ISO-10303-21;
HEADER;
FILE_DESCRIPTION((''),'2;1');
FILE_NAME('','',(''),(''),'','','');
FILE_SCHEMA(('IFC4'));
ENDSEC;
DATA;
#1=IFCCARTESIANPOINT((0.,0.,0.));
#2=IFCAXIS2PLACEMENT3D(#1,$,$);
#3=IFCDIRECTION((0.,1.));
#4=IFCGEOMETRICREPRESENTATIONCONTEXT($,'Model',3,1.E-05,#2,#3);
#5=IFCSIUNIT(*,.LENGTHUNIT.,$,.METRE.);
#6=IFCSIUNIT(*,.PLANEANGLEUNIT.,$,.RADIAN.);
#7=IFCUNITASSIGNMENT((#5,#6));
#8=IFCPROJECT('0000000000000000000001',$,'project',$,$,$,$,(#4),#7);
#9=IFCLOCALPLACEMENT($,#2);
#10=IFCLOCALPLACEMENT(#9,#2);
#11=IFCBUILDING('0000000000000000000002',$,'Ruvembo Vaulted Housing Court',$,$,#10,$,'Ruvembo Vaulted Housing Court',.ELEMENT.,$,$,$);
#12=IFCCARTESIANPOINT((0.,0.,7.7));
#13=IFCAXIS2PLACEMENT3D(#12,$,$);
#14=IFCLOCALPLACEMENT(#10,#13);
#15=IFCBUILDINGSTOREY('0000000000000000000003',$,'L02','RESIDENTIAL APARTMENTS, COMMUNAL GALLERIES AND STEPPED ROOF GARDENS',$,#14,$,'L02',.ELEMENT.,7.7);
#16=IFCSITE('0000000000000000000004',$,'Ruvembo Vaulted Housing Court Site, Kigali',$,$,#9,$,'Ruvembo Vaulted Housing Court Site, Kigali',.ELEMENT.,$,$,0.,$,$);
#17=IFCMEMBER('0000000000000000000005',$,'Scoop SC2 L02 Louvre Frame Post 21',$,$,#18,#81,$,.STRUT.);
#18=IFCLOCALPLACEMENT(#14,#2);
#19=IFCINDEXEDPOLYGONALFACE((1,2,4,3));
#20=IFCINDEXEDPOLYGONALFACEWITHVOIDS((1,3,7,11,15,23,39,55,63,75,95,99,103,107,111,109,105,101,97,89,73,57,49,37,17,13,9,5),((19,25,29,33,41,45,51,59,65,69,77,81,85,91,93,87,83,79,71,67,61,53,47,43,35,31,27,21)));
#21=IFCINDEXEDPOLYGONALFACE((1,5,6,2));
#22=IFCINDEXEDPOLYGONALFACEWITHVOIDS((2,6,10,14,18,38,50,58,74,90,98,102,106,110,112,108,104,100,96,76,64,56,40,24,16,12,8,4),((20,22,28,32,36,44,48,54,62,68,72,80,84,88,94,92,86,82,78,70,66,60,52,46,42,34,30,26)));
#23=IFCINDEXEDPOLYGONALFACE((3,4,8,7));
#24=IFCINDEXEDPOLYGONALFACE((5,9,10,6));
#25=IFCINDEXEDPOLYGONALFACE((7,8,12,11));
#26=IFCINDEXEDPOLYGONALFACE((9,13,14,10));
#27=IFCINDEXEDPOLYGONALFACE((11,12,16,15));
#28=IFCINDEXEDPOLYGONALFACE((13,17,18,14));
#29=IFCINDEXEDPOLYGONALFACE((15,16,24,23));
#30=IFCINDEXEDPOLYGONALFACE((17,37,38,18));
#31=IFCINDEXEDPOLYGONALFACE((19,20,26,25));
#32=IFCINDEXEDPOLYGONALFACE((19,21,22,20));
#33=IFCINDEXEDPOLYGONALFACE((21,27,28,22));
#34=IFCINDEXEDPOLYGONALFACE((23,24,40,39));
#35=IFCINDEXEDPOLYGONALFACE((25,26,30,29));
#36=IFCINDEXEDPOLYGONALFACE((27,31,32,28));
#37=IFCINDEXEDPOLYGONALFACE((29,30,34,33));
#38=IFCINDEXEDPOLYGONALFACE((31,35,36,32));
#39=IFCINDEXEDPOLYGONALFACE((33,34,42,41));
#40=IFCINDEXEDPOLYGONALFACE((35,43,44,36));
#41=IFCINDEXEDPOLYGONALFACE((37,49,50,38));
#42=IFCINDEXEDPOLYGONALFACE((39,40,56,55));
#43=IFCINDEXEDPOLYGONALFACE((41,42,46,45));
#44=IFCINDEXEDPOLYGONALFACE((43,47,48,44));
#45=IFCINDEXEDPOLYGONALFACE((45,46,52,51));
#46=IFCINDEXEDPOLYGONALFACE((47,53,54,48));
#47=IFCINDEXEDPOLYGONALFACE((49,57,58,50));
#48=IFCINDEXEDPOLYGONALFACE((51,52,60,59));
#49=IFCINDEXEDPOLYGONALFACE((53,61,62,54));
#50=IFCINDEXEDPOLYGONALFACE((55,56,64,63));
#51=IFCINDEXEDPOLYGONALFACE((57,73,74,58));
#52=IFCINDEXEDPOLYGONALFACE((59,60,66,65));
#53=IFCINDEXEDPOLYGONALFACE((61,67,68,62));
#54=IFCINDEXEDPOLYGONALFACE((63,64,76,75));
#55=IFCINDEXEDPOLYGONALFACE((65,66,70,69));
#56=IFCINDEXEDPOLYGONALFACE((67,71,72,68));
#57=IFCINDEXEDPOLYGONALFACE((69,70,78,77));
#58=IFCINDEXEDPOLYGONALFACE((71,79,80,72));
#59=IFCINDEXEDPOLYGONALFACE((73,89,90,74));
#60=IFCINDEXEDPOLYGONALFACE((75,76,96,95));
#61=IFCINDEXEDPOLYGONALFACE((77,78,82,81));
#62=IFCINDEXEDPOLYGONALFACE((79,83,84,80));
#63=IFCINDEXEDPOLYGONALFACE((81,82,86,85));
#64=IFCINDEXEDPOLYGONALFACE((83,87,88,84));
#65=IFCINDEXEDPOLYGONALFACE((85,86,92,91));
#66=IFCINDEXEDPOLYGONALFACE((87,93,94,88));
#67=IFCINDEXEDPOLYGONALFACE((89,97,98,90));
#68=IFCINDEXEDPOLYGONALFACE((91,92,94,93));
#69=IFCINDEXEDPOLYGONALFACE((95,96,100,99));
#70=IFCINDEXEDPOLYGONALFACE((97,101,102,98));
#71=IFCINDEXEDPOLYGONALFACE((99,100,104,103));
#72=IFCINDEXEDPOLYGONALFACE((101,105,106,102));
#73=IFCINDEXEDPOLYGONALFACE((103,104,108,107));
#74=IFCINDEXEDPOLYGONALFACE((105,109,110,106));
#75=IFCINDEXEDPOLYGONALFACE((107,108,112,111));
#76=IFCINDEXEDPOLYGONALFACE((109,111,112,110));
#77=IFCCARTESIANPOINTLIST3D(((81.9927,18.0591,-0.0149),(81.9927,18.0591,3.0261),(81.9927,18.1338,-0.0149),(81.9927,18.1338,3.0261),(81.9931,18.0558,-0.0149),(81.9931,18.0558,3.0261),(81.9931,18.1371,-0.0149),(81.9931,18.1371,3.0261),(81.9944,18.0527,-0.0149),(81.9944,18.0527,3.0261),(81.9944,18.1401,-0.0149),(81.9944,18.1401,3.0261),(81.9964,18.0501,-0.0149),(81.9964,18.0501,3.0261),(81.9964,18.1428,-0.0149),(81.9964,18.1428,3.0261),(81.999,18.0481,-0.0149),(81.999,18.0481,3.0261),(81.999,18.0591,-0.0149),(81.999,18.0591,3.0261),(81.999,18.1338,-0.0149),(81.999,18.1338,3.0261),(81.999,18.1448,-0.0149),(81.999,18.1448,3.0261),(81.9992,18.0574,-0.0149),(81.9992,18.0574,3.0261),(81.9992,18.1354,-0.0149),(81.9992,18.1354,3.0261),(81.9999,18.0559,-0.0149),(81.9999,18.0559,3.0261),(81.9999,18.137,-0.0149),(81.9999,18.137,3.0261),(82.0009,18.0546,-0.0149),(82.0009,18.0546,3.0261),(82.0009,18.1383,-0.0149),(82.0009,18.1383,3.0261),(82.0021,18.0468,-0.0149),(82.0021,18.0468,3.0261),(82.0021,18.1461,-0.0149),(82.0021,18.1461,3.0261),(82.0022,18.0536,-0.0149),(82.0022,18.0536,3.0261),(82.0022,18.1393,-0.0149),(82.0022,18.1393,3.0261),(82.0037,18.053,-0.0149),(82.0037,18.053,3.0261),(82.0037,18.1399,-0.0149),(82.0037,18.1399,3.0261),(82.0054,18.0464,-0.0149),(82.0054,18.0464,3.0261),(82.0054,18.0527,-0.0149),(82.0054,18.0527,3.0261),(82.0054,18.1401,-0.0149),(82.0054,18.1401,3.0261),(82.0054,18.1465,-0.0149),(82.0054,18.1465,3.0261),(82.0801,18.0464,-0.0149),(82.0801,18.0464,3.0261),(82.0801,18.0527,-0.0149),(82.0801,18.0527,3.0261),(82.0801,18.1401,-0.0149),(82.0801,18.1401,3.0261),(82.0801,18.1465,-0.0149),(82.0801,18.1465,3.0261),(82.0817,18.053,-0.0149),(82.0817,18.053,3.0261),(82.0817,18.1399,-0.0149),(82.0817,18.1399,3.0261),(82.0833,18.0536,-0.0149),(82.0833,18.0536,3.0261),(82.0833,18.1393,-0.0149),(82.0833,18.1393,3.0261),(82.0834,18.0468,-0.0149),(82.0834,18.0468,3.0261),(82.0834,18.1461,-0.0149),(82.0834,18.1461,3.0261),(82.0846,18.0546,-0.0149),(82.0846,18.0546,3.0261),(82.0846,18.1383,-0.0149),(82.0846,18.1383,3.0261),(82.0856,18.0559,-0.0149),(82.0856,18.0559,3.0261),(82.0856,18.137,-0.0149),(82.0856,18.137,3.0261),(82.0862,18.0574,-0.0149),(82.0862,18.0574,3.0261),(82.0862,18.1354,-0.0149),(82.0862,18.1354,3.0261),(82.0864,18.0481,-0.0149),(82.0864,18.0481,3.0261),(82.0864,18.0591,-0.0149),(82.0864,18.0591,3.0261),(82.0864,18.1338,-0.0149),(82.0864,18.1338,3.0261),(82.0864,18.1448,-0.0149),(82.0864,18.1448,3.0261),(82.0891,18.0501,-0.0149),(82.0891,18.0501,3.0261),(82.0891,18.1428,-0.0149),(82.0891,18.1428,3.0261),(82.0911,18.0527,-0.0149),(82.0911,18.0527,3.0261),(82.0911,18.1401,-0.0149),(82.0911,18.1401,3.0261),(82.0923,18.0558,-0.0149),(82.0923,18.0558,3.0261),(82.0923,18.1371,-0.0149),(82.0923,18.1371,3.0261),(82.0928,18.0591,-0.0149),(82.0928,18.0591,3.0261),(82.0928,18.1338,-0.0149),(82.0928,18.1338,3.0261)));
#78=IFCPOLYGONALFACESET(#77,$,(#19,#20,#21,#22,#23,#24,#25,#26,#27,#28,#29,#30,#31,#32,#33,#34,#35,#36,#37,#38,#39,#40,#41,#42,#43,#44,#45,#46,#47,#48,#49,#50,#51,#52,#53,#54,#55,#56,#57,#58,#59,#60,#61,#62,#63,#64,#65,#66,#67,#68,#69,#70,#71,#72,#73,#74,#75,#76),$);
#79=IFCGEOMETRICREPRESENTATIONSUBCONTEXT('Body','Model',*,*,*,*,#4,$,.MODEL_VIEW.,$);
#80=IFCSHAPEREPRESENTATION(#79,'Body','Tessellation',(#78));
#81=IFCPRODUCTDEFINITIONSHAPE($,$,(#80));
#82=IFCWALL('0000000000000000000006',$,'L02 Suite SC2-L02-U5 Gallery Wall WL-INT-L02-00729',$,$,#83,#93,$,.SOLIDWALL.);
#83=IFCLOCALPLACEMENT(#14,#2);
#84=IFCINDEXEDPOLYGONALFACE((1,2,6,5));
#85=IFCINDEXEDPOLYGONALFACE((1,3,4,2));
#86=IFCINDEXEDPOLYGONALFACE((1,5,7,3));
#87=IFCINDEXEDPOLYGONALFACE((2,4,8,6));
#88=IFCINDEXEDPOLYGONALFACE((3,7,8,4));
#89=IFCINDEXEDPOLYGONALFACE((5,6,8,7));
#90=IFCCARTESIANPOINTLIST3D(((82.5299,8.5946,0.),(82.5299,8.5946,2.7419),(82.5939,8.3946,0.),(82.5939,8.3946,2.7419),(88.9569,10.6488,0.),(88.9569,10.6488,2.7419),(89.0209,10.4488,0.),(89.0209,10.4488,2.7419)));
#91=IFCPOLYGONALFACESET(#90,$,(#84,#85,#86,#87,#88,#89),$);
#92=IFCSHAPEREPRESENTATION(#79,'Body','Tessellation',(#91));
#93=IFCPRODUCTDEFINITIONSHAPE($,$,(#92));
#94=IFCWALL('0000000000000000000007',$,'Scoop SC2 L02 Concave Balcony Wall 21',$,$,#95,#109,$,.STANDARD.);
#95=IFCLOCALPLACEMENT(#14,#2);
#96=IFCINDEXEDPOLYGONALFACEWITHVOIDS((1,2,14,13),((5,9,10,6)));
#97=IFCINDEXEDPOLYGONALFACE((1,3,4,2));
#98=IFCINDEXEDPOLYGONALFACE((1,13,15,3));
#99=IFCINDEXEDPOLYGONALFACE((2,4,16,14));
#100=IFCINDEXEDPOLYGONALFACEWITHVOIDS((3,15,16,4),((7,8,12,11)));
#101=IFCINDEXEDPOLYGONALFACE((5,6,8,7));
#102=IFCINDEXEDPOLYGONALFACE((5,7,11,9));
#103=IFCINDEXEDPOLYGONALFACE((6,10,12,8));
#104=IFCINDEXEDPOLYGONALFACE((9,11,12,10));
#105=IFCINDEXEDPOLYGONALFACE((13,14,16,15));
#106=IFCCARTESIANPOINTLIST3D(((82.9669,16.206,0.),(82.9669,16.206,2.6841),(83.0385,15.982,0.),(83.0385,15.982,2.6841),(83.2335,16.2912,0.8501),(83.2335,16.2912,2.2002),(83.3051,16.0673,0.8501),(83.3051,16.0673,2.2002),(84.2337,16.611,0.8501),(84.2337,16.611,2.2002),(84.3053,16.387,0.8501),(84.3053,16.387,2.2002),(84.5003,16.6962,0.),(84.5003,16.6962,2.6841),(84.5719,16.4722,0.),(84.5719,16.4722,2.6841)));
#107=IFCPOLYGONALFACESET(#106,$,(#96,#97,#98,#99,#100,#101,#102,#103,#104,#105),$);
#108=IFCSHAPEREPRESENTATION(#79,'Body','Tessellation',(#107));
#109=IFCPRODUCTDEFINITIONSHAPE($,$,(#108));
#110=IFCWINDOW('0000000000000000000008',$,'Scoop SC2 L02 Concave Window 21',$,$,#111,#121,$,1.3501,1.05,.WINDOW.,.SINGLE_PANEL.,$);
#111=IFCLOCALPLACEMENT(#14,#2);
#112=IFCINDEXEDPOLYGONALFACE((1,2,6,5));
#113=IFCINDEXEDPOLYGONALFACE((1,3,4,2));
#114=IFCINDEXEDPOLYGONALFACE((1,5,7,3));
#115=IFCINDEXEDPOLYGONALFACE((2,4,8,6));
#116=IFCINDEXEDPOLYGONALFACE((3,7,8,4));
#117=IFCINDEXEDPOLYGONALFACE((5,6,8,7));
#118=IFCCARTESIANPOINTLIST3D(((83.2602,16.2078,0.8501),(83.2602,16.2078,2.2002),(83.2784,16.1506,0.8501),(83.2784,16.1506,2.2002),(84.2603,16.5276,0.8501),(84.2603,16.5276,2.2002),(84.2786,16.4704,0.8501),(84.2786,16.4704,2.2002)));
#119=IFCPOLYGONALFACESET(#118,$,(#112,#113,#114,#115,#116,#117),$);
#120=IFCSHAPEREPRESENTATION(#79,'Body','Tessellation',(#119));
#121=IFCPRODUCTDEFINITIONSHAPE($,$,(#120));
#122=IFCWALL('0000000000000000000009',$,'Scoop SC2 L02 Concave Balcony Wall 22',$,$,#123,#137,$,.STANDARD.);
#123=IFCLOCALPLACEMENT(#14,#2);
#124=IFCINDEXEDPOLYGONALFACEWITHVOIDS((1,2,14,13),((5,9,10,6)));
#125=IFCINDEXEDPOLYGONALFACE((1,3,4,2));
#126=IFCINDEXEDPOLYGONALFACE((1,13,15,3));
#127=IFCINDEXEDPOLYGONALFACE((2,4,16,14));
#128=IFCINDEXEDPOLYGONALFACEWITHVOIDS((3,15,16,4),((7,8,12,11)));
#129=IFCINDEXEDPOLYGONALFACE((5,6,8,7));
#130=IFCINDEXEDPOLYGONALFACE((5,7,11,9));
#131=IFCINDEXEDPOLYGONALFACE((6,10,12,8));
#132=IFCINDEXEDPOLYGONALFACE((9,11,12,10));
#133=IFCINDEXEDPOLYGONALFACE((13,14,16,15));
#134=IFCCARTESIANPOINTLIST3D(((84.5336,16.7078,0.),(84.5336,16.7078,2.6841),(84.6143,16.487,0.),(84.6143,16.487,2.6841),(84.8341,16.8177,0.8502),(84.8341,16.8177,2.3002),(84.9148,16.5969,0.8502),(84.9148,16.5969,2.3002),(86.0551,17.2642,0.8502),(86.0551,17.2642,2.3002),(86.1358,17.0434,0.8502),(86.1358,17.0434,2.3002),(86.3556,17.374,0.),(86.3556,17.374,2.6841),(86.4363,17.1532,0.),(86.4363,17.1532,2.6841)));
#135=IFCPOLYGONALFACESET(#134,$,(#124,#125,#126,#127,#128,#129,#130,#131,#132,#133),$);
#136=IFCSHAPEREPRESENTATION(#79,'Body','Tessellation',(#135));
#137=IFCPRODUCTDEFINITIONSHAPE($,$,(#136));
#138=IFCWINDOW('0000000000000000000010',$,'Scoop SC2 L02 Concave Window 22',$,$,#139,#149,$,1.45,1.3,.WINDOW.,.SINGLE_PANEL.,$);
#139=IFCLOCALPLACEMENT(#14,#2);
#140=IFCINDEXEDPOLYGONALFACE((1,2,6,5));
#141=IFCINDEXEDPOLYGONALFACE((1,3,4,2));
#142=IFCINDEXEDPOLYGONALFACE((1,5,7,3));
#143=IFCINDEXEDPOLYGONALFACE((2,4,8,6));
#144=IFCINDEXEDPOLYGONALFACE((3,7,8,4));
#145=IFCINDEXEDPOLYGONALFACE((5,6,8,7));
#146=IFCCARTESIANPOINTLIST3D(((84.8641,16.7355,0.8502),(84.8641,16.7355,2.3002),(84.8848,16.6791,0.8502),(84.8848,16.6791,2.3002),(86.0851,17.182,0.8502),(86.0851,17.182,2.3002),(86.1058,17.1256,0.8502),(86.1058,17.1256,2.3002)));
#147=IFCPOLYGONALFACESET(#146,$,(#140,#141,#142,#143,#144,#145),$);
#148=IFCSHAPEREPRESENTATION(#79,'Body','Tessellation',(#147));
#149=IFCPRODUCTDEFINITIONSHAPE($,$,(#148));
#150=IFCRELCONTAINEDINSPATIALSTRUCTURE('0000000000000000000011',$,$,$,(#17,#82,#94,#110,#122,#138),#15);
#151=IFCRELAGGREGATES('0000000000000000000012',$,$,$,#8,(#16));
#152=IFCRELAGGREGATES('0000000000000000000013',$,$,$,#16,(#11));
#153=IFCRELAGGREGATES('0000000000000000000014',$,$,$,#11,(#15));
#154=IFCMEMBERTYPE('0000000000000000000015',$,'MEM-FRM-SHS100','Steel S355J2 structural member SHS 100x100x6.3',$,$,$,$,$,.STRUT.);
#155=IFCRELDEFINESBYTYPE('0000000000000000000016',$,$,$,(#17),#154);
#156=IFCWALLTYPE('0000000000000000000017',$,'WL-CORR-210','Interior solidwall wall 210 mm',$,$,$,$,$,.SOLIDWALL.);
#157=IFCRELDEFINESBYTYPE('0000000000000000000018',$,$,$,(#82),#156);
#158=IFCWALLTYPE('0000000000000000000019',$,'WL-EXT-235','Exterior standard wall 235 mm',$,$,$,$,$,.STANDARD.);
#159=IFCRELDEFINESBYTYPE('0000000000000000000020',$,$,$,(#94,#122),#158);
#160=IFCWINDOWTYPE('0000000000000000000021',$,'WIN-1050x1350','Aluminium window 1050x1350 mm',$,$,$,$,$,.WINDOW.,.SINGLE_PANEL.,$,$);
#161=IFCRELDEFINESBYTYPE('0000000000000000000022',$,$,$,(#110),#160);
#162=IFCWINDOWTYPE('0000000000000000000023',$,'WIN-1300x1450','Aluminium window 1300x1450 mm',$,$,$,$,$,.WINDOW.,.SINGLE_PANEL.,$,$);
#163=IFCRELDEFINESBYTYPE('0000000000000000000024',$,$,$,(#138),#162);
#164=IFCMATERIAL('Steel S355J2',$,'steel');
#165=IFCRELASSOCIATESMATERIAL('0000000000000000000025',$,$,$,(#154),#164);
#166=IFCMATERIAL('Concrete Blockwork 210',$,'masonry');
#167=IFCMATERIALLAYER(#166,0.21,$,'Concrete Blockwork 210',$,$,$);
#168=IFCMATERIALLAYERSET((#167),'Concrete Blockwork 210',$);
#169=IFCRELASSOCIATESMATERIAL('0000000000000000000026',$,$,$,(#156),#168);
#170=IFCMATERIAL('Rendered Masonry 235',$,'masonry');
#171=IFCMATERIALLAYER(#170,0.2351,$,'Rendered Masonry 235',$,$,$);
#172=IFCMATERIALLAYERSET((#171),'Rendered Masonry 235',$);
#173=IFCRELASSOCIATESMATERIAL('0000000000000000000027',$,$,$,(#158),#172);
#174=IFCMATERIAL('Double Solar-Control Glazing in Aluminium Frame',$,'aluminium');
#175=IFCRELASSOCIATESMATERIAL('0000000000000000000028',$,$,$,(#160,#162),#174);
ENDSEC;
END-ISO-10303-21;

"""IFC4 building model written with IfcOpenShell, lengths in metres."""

from ifc_helpers import new_model, si_unit, direction, frame, frame_2d, origin, origin_2d, place, context, subcontext, project, spatial, rectangle, hollow_rectangle, extrude, material, layer, layer_set, material_profile, profile_set, type_object, element, fill, save


model = new_model("IFC4")

# Units and contexts
model_context = context("Model", 3, precision=1e-05, world=origin(), true_north=direction((0.0, 1.0)))
body_context = subcontext(model_context, "Body", "Model", "MODEL_VIEW")
ifc_project = project(units=[si_unit("LENGTHUNIT", "METRE"), si_unit("PLANEANGLEUNIT", "RADIAN")], contexts=[model_context])

# Site, building, storey
site_placement = place(None, origin())
site = spatial("IfcSite", under=ifc_project, at=site_placement, Name="Ruvembo Vaulted Housing Court Site, Kigali", LongName="Ruvembo Vaulted Housing Court Site, Kigali", CompositionType="ELEMENT", RefElevation=0.0)
building_placement = place(site_placement, origin())
building = spatial("IfcBuilding", under=site, at=building_placement, Name="Ruvembo Vaulted Housing Court", LongName="Ruvembo Vaulted Housing Court", CompositionType="ELEMENT")
storey_placement = place(building_placement, frame((0.0, 0.0, 7.7)))
storey = spatial("IfcBuildingStorey", under=building, at=storey_placement, Name="L02", Description="RESIDENTIAL APARTMENTS, COMMUNAL GALLERIES AND STEPPED ROOF GARDENS", LongName="L02", CompositionType="ELEMENT", Elevation=7.7)

# Shared definitions
ifc_material_1 = material(Name="Steel S355J2", Category="steel")

# Member
ifc_material_profile_1 = material_profile(ifc_material_1, hollow_rectangle(XDim=0.1001, YDim=0.1001, WallThickness=0.0063, InnerFilletRadius=0.0063, OuterFilletRadius=0.0127, at=origin_2d()), Name="SHS 100x100x6.3")
ifc_profile_set_1 = profile_set([ifc_material_profile_1], Name="Steel S355J2")
member_type_1 = type_object("IfcMemberType", Name="MEM-FRM-SHS100", Description="Steel S355J2 structural member SHS 100x100x6.3", PredefinedType="STRUT", material=ifc_profile_set_1)
member_1_placement = place(storey_placement, frame((82.0427, 18.0964, -0.0149), z_axis=(0.0, 0.0, 1.0), x_axis=(1.0, 0.0, 0.0)))
element("IfcMember", 1, at=member_1_placement, inside=storey, type_object=member_type_1, Name="Scoop SC2 L02 Louvre Frame Post 21", PredefinedType="STRUT", context=body_context, shape_type="SweptSolid", body=[
    extrude(hollow_rectangle(XDim=0.1001, YDim=0.1001, WallThickness=0.0063, InnerFilletRadius=0.0063, OuterFilletRadius=0.0127, at=origin_2d()), origin(), (0.0, 0.0, 1.0), 3.041),
])

# Wall
ifc_material_2 = material(Name="Concrete Blockwork 210", Category="masonry")
ifc_layer_1 = layer(ifc_material_2, 0.21, Name="Concrete Blockwork 210")
ifc_layer_set_1 = layer_set([ifc_layer_1], Name="Concrete Blockwork 210")
wall_type_1 = type_object("IfcWallType", Name="WL-CORR-210", Description="Interior solidwall wall 210 mm", PredefinedType="SOLIDWALL", material=ifc_layer_set_1)
wall_1_placement = place(storey_placement, frame((82.562, 8.4946, 0.0), z_axis=(0.0, 0.0, 1.0), x_axis=(0.952529, 0.304447, 0.0)))
element("IfcWall", 2, at=wall_1_placement, inside=storey, type_object=wall_type_1, Name="L02 Suite SC2-L02-U5 Gallery Wall WL-INT-L02-00729", PredefinedType="SOLIDWALL", context=body_context, shape_type="SweptSolid", body=[
    extrude(rectangle(XDim=6.7473, YDim=0.21, at=frame_2d((3.3735, 0.0))), origin(), (0.0, 0.0, 1.0), 2.7419),
])

# Walls, openings, windows
ifc_material_3 = material(Name="Rendered Masonry 235", Category="masonry")
ifc_layer_2 = layer(ifc_material_3, 0.2351, Name="Rendered Masonry 235")
ifc_layer_set_2 = layer_set([ifc_layer_2], Name="Rendered Masonry 235")
wall_type_2 = type_object("IfcWallType", Name="WL-EXT-235", Description="Exterior standard wall 235 mm", PredefinedType="STANDARD", material=ifc_layer_set_2)
wall_2_placement = place(storey_placement, frame((83.0027, 16.094, 0.0), z_axis=(0.0, 0.0, 1.0), x_axis=(0.952509, 0.304512, 0.0)))
wall_2 = element("IfcWall", 3, at=wall_2_placement, inside=storey, type_object=wall_type_2, Name="Scoop SC2 L02 Concave Balcony Wall 21", PredefinedType="STANDARD", context=body_context, shape_type="SweptSolid", body=[
    extrude(rectangle(XDim=1.6099, YDim=0.2351, at=frame_2d((0.8049, 0.0))), origin(), (0.0, 0.0, 1.0), 2.6841),
])
opening_1_placement = place(wall_2_placement, frame((0.28, 0.0, 0.8501)))
opening_1 = element("IfcOpeningElement", 4, at=opening_1_placement, cuts=wall_2, PredefinedType="OPENING", context=body_context, shape_type="SweptSolid", body=[
    extrude(rectangle(XDim=1.05, YDim=1.3501, at=frame_2d((0.5249, 0.675))), frame((0.0, 0.1274, 0.0), z_axis=(0.0, -1.0, 0.0), x_axis=(1.0, 0.0, 0.0)), (0.0, 0.0, 1.0), 0.2551),
])
ifc_material_4 = material(Name="Double Solar-Control Glazing in Aluminium Frame", Category="aluminium")
window_type_1 = type_object("IfcWindowType", Name="WIN-1050x1350", Description="Aluminium window 1050x1350 mm", PartitioningType="SINGLE_PANEL", PredefinedType="WINDOW", material=ifc_material_4)
window_1_placement = place(opening_1_placement, origin())
window_1 = element("IfcWindow", 5, at=window_1_placement, inside=storey, type_object=window_type_1, Name="Scoop SC2 L02 Concave Window 21", OverallHeight=1.3501, OverallWidth=1.05, PartitioningType="SINGLE_PANEL", PredefinedType="WINDOW", context=body_context, shape_type="SweptSolid", body=[
    extrude(rectangle(XDim=1.05, YDim=1.3501, at=frame_2d((0.5249, 0.675))), frame((0.0, 0.03, 0.0), z_axis=(0.0, -1.0, 0.0), x_axis=(1.0, 0.0, 0.0)), (0.0, 0.0, 1.0), 0.0601),
])
fill(opening_1, window_1)
wall_3_placement = place(storey_placement, frame((84.574, 16.5974, 0.0), z_axis=(0.0, 0.0, 1.0), x_axis=(0.939178, 0.34343, 0.0)))
wall_3 = element("IfcWall", 6, at=wall_3_placement, inside=storey, type_object=wall_type_2, Name="Scoop SC2 L02 Concave Balcony Wall 22", PredefinedType="STANDARD", context=body_context, shape_type="SweptSolid", body=[
    extrude(rectangle(XDim=1.9399, YDim=0.2351, at=frame_2d((0.97, 0.0))), origin(), (0.0, 0.0, 1.0), 2.6841),
])
opening_2_placement = place(wall_3_placement, frame((0.3201, 0.0, 0.8501)))
opening_2 = element("IfcOpeningElement", 7, at=opening_2_placement, cuts=wall_3, PredefinedType="OPENING", context=body_context, shape_type="SweptSolid", body=[
    extrude(rectangle(XDim=1.3, YDim=1.45, at=frame_2d((0.6499, 0.7251))), frame((0.0, 0.1274, 0.0), z_axis=(0.0, -1.0, 0.0), x_axis=(1.0, 0.0, 0.0)), (0.0, 0.0, 1.0), 0.2551),
])
window_type_2 = type_object("IfcWindowType", Name="WIN-1300x1450", Description="Aluminium window 1300x1450 mm", PartitioningType="SINGLE_PANEL", PredefinedType="WINDOW", material=ifc_material_4)
window_2_placement = place(opening_2_placement, origin())
window_2 = element("IfcWindow", 8, at=window_2_placement, inside=storey, type_object=window_type_2, Name="Scoop SC2 L02 Concave Window 22", OverallHeight=1.45, OverallWidth=1.3, PartitioningType="SINGLE_PANEL", PredefinedType="WINDOW", context=body_context, shape_type="SweptSolid", body=[
    extrude(rectangle(XDim=1.3, YDim=1.45, at=frame_2d((0.6499, 0.7251))), frame((0.0, 0.03, 0.0), z_axis=(0.0, -1.0, 0.0), x_axis=(1.0, 0.0, 0.0)), (0.0, 0.0, 1.0), 0.0601),
])
fill(opening_2, window_2)

save(model, "model.ifc")
